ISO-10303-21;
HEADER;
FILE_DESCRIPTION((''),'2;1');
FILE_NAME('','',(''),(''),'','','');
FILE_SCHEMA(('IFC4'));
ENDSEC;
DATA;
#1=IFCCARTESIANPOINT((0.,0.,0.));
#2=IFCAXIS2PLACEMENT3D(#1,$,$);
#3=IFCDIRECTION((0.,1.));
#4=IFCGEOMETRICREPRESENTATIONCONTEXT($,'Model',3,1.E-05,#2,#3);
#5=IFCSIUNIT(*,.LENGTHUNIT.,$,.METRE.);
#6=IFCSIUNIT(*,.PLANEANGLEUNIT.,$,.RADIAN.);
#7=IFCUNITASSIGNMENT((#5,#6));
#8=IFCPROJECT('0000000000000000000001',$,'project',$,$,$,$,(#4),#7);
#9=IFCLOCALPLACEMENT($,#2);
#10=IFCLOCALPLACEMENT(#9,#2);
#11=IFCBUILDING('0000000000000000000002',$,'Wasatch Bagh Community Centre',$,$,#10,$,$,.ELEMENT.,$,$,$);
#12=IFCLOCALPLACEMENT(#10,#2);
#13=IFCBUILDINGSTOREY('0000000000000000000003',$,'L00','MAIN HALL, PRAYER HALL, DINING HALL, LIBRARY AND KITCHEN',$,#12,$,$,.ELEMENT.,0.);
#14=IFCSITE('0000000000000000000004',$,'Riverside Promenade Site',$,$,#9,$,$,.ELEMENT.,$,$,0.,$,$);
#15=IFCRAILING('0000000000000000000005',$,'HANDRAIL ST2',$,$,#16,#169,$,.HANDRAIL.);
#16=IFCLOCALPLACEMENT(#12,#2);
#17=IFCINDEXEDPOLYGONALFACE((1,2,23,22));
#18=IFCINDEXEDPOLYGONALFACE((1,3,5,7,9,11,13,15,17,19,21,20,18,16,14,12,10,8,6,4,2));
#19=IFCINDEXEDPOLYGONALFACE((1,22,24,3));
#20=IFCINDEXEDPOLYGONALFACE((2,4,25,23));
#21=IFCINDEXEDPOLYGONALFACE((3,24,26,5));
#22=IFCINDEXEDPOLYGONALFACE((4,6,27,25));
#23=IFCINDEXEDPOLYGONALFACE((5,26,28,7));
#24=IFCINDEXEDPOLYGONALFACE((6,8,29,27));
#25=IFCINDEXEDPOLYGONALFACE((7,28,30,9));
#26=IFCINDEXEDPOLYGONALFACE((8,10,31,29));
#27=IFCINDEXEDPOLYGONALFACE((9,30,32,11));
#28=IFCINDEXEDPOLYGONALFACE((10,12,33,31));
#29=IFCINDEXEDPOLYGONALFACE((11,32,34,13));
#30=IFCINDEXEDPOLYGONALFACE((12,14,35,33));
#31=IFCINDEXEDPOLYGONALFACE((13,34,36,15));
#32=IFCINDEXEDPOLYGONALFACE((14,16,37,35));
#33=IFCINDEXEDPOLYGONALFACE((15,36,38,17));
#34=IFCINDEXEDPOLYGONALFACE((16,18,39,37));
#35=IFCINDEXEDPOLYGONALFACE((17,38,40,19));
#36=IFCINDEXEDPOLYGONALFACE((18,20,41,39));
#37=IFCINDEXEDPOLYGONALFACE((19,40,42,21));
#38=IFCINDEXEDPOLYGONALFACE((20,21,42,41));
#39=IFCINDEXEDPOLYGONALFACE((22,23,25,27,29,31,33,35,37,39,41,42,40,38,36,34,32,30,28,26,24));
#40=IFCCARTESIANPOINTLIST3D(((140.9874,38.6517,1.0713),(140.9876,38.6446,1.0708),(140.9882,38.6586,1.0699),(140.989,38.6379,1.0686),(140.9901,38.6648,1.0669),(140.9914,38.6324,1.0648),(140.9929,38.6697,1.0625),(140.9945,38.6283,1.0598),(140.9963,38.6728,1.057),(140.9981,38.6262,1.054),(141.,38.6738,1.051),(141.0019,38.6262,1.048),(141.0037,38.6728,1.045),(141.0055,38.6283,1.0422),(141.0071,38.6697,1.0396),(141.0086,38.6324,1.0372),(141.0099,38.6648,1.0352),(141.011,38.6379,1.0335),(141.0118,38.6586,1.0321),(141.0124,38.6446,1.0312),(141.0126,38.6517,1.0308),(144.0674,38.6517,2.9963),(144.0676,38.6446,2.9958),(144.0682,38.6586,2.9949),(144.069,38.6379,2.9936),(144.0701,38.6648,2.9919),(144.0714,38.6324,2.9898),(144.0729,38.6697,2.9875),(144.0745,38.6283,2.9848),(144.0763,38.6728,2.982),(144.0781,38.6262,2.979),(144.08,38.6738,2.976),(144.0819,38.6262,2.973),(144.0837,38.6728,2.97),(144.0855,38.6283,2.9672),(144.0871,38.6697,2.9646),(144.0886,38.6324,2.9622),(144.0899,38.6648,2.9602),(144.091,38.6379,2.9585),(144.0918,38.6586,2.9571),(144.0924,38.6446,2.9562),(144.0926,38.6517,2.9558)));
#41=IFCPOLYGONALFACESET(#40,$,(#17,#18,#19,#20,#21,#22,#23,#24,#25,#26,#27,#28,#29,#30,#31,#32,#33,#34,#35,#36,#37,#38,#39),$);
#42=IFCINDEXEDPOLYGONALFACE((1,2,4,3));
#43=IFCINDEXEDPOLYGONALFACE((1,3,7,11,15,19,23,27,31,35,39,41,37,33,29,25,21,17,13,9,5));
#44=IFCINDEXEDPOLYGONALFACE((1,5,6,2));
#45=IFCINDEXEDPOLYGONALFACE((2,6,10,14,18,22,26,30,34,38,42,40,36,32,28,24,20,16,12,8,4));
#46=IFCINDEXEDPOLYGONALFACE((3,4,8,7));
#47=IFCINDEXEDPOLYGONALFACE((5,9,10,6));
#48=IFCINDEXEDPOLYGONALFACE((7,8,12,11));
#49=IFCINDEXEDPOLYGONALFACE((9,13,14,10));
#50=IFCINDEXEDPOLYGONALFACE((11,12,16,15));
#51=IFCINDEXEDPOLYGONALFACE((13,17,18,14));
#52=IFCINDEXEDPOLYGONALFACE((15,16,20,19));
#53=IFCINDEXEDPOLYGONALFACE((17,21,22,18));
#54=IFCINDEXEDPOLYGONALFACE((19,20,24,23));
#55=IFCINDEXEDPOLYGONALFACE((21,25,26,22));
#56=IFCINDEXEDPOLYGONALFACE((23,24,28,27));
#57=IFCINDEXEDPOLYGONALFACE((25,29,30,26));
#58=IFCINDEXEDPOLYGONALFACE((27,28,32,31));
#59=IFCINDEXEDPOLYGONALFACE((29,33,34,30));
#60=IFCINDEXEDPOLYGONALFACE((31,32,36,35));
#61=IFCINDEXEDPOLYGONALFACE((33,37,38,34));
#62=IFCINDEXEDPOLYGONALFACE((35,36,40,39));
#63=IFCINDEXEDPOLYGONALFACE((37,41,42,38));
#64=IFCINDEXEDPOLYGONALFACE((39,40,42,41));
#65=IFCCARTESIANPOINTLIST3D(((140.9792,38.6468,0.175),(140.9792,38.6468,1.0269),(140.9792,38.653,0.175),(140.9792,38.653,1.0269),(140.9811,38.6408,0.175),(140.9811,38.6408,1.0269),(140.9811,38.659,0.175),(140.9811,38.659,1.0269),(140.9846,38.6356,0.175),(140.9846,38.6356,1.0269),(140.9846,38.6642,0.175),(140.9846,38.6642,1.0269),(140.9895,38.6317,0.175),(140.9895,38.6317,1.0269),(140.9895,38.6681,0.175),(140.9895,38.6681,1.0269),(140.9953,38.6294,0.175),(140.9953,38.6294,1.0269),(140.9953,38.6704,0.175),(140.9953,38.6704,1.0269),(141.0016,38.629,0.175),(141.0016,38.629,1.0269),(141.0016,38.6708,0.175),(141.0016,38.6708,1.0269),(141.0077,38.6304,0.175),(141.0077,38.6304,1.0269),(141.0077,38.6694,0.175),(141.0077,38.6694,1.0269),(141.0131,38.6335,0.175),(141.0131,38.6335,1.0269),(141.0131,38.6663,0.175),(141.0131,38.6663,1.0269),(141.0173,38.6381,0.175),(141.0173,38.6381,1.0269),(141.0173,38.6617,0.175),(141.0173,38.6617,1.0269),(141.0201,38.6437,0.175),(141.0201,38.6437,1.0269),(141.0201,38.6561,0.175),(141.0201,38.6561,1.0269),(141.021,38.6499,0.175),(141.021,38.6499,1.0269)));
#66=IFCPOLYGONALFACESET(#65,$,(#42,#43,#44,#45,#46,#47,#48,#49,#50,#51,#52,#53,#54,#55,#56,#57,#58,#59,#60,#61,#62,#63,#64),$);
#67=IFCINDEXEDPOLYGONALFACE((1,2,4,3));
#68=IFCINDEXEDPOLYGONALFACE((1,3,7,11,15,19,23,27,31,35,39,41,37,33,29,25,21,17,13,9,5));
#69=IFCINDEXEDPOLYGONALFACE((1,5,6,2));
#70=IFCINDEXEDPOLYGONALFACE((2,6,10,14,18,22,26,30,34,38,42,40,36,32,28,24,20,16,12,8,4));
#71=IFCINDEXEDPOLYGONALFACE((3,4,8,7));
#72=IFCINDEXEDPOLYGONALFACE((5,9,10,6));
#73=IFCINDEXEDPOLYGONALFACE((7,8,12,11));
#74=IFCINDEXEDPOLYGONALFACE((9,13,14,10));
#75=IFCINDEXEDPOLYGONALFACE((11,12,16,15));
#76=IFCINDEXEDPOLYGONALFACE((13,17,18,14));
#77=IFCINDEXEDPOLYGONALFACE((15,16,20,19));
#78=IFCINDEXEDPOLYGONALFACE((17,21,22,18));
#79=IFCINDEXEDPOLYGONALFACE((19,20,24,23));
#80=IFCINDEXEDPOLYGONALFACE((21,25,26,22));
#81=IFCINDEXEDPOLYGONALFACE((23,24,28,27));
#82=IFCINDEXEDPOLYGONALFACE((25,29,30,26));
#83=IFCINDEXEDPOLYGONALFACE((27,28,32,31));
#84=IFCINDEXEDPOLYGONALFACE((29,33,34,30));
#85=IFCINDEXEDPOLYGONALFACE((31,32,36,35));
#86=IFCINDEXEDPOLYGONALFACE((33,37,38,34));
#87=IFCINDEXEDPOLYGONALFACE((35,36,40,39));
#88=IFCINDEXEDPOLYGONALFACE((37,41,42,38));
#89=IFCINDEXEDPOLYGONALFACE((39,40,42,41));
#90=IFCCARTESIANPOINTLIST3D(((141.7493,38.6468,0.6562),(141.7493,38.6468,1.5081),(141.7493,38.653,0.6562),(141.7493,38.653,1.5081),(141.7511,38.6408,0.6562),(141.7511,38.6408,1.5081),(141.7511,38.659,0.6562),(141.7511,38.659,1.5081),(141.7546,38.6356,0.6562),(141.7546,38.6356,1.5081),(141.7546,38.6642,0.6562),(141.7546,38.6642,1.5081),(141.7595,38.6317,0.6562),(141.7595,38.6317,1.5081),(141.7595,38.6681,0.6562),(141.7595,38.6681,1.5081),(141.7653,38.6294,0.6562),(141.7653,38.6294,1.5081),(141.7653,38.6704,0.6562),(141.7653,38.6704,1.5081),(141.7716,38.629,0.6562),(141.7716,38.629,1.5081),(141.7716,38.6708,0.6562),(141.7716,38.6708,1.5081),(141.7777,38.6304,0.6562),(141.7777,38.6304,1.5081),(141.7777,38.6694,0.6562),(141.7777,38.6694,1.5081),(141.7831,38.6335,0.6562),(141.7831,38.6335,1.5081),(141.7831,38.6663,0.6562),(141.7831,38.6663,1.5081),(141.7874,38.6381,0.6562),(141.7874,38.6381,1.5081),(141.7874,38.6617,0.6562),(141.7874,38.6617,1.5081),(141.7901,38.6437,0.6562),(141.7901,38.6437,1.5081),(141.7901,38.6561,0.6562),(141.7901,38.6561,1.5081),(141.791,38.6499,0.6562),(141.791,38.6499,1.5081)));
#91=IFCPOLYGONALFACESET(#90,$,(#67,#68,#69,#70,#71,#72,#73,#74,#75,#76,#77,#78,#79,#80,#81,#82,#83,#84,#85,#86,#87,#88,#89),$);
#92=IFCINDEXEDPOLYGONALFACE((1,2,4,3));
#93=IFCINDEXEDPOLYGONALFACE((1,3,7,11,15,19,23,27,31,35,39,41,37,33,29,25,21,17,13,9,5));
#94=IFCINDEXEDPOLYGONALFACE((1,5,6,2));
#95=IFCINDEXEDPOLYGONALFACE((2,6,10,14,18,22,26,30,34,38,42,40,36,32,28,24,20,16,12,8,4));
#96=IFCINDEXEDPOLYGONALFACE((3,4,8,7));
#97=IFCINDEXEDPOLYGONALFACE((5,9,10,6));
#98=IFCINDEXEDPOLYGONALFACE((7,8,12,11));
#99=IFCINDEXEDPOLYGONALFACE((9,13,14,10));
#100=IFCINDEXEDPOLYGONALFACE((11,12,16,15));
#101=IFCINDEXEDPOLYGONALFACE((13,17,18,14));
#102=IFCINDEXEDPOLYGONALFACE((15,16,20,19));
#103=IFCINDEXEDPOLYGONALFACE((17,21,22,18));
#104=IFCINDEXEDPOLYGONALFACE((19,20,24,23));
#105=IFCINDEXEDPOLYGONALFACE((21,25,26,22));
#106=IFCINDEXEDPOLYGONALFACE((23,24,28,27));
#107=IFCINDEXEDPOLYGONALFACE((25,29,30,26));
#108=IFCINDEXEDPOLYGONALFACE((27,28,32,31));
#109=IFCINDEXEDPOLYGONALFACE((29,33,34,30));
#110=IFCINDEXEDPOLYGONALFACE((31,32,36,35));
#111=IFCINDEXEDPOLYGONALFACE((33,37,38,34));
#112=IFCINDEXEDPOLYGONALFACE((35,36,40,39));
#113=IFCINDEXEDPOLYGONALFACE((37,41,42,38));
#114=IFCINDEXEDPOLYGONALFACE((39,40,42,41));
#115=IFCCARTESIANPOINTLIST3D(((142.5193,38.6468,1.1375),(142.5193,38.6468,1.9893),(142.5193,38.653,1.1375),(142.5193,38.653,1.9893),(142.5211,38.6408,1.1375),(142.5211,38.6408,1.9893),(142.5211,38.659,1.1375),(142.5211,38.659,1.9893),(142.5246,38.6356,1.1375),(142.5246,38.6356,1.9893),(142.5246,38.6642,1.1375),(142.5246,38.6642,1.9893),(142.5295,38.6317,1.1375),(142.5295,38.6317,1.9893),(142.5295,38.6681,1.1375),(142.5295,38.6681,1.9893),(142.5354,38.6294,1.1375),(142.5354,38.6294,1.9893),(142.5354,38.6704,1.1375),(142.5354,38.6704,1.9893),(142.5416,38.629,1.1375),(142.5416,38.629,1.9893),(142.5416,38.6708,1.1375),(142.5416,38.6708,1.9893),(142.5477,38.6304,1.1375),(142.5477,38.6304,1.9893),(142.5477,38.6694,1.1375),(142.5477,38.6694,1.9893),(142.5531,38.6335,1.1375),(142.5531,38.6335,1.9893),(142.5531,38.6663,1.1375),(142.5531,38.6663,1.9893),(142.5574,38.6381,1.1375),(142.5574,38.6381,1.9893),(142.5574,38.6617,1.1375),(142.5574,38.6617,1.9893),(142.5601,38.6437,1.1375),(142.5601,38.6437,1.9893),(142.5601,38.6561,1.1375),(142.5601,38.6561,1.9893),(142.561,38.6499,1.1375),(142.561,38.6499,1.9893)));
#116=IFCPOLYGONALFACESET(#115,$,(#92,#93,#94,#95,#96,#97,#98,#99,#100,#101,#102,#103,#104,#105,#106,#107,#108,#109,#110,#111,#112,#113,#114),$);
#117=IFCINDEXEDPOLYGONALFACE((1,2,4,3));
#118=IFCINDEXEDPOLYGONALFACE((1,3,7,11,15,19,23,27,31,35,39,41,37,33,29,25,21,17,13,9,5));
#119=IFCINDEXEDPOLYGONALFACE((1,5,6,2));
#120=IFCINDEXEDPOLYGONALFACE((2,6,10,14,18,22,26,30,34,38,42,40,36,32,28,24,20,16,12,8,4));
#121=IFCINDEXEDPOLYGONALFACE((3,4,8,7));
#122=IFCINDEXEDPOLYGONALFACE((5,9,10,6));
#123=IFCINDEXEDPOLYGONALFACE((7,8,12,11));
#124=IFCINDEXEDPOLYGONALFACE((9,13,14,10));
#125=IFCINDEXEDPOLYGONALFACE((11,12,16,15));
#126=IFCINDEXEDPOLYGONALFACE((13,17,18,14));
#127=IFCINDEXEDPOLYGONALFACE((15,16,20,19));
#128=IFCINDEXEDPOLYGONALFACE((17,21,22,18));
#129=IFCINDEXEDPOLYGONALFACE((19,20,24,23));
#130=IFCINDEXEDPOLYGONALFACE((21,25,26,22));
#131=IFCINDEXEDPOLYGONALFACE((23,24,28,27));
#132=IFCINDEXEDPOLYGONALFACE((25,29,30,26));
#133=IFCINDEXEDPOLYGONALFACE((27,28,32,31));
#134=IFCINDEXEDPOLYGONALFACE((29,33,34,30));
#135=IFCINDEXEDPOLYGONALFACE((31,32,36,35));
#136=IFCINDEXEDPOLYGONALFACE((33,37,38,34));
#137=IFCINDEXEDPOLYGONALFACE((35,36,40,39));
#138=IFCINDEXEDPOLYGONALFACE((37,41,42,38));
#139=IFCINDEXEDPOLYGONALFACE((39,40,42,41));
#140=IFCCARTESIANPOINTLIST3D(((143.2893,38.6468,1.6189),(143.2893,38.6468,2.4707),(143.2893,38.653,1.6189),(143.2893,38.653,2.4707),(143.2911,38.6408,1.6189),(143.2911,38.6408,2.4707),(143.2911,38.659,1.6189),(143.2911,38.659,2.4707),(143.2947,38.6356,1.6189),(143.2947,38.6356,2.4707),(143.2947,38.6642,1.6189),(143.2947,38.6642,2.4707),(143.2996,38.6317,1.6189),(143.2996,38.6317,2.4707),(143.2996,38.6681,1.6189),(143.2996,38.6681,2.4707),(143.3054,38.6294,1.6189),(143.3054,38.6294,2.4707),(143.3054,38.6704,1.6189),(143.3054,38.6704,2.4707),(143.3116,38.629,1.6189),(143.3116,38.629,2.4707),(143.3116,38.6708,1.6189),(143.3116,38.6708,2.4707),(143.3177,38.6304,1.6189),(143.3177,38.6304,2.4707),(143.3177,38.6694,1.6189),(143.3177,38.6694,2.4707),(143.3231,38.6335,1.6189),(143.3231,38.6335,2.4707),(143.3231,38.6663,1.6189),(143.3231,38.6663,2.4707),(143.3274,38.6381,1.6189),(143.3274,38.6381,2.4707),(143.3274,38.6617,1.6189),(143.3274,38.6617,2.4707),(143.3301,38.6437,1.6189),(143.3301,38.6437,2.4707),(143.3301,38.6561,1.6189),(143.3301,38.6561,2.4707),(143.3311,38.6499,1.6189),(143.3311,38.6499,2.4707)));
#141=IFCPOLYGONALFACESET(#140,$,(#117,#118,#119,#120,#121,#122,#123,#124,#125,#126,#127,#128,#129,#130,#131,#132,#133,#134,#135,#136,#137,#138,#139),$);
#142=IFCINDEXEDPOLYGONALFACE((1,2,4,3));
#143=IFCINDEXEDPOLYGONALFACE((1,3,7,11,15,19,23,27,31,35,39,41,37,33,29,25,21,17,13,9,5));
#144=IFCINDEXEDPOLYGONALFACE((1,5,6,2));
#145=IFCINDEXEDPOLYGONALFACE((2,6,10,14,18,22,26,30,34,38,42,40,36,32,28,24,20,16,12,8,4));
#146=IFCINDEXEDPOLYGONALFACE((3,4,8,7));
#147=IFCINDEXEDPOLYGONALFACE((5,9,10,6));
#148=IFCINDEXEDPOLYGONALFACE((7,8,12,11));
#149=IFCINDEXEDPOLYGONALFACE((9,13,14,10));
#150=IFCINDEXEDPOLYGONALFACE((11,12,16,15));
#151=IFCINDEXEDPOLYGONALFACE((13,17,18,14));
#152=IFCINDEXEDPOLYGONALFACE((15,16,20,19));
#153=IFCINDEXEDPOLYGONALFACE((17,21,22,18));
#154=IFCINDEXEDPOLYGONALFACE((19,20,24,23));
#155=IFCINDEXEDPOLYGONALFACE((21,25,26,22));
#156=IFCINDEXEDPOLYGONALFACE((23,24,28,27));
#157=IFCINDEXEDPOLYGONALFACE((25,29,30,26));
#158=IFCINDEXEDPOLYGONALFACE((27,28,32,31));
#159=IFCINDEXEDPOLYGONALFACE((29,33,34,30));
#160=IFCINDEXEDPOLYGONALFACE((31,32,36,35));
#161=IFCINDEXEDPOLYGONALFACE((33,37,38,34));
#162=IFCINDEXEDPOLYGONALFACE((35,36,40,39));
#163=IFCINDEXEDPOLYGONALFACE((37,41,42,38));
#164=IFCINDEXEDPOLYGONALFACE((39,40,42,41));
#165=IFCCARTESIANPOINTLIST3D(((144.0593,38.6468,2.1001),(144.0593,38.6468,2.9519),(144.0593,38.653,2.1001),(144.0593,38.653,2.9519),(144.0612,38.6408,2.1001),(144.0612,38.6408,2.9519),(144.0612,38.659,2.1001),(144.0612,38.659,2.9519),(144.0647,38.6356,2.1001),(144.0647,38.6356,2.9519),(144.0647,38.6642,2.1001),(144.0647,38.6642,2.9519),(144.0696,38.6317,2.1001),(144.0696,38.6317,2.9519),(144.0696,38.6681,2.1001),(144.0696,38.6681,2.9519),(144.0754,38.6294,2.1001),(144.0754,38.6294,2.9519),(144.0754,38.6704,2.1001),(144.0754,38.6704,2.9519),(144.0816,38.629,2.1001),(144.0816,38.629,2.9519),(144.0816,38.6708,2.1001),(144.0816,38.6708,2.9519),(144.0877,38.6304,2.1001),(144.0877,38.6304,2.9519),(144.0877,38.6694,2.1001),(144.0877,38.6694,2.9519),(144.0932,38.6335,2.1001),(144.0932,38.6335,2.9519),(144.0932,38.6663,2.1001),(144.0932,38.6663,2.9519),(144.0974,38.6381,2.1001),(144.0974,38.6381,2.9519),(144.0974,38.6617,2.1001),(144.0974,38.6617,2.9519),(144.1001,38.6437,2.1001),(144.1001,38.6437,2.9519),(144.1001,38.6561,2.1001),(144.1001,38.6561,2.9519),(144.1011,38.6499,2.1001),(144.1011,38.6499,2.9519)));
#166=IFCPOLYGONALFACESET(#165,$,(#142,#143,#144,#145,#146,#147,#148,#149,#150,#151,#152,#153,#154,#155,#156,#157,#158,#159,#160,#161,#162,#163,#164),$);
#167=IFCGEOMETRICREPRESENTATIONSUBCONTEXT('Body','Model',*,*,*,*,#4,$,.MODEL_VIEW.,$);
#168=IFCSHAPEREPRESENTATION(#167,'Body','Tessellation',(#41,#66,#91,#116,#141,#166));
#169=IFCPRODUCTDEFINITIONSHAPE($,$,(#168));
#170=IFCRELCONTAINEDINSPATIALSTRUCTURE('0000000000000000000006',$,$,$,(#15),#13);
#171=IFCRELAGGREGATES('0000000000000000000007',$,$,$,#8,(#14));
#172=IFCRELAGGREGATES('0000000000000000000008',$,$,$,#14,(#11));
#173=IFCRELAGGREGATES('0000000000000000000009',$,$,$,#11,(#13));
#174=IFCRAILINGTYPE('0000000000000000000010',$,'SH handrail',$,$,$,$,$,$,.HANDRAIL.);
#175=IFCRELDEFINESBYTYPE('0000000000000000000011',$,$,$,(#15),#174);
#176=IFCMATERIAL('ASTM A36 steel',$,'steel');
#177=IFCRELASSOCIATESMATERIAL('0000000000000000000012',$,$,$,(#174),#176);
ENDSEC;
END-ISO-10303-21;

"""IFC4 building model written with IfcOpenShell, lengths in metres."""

from ifc_helpers import new_model, si_unit, direction, frame, origin, origin_2d, place, context, subcontext, project, spatial, circle, extrude, material, type_object, element, save


model = new_model("IFC4")

# Units and contexts
model_context = context("Model", 3, precision=1e-05, world=origin(), true_north=direction((0.0, 1.0)))
body_context = subcontext(model_context, "Body", "Model", "MODEL_VIEW")
ifc_project = project(units=[si_unit("LENGTHUNIT", "METRE"), si_unit("PLANEANGLEUNIT", "RADIAN")], contexts=[model_context])

# Site, building, storey
site_placement = place(None, origin())
site = spatial("IfcSite", under=ifc_project, at=site_placement, Name="Riverside Promenade Site", CompositionType="ELEMENT", RefElevation=0.0)
building_placement = place(site_placement, origin())
building = spatial("IfcBuilding", under=site, at=building_placement, Name="Wasatch Bagh Community Centre", CompositionType="ELEMENT")
storey_placement = place(building_placement, origin())
storey = spatial("IfcBuildingStorey", under=building, at=storey_placement, Name="L00", Description="MAIN HALL, PRAYER HALL, DINING HALL, LIBRARY AND KITCHEN", CompositionType="ELEMENT", Elevation=0.0)

# Railing
ifc_material_1 = material(Name="ASTM A36 steel", Category="steel")
railing_type_1 = type_object("IfcRailingType", Name="SH handrail", PredefinedType="HANDRAIL", material=ifc_material_1)
for number, where, name in (
    (1, (141.0, 38.6499, 0.175), "HANDRAIL ST2"),
):
    element("IfcRailing", number, at=place(storey_placement, frame(where)), inside=storey, type_object=railing_type_1, Name=name, PredefinedType="HANDRAIL", context=body_context, shape_type="SweptSolid", body=[
        extrude(circle(Radius=0.0239, at=origin_2d()), frame((0.0, 0.0, 0.876), z_axis=(0.847998, 0.0, 0.529999), x_axis=(0.0, 1.0, 0.0)), (0.0, 0.0, 1.0), 3.6321),
        extrude(circle(Radius=0.021, at=origin_2d()), origin(), (0.0, 0.0, 1.0), 0.8518),
        extrude(circle(Radius=0.021, at=origin_2d()), frame((0.77, 0.0, 0.4812)), (0.0, 0.0, 1.0), 0.8518),
        extrude(circle(Radius=0.021, at=origin_2d()), frame((1.54, 0.0, 0.9624)), (0.0, 0.0, 1.0), 0.8518),
        extrude(circle(Radius=0.021, at=origin_2d()), frame((2.3101, 0.0, 1.4438)), (0.0, 0.0, 1.0), 0.8518),
        extrude(circle(Radius=0.021, at=origin_2d()), frame((3.0801, 0.0, 1.925)), (0.0, 0.0, 1.0), 0.8518),
    ])

save(model, "model.ifc")
